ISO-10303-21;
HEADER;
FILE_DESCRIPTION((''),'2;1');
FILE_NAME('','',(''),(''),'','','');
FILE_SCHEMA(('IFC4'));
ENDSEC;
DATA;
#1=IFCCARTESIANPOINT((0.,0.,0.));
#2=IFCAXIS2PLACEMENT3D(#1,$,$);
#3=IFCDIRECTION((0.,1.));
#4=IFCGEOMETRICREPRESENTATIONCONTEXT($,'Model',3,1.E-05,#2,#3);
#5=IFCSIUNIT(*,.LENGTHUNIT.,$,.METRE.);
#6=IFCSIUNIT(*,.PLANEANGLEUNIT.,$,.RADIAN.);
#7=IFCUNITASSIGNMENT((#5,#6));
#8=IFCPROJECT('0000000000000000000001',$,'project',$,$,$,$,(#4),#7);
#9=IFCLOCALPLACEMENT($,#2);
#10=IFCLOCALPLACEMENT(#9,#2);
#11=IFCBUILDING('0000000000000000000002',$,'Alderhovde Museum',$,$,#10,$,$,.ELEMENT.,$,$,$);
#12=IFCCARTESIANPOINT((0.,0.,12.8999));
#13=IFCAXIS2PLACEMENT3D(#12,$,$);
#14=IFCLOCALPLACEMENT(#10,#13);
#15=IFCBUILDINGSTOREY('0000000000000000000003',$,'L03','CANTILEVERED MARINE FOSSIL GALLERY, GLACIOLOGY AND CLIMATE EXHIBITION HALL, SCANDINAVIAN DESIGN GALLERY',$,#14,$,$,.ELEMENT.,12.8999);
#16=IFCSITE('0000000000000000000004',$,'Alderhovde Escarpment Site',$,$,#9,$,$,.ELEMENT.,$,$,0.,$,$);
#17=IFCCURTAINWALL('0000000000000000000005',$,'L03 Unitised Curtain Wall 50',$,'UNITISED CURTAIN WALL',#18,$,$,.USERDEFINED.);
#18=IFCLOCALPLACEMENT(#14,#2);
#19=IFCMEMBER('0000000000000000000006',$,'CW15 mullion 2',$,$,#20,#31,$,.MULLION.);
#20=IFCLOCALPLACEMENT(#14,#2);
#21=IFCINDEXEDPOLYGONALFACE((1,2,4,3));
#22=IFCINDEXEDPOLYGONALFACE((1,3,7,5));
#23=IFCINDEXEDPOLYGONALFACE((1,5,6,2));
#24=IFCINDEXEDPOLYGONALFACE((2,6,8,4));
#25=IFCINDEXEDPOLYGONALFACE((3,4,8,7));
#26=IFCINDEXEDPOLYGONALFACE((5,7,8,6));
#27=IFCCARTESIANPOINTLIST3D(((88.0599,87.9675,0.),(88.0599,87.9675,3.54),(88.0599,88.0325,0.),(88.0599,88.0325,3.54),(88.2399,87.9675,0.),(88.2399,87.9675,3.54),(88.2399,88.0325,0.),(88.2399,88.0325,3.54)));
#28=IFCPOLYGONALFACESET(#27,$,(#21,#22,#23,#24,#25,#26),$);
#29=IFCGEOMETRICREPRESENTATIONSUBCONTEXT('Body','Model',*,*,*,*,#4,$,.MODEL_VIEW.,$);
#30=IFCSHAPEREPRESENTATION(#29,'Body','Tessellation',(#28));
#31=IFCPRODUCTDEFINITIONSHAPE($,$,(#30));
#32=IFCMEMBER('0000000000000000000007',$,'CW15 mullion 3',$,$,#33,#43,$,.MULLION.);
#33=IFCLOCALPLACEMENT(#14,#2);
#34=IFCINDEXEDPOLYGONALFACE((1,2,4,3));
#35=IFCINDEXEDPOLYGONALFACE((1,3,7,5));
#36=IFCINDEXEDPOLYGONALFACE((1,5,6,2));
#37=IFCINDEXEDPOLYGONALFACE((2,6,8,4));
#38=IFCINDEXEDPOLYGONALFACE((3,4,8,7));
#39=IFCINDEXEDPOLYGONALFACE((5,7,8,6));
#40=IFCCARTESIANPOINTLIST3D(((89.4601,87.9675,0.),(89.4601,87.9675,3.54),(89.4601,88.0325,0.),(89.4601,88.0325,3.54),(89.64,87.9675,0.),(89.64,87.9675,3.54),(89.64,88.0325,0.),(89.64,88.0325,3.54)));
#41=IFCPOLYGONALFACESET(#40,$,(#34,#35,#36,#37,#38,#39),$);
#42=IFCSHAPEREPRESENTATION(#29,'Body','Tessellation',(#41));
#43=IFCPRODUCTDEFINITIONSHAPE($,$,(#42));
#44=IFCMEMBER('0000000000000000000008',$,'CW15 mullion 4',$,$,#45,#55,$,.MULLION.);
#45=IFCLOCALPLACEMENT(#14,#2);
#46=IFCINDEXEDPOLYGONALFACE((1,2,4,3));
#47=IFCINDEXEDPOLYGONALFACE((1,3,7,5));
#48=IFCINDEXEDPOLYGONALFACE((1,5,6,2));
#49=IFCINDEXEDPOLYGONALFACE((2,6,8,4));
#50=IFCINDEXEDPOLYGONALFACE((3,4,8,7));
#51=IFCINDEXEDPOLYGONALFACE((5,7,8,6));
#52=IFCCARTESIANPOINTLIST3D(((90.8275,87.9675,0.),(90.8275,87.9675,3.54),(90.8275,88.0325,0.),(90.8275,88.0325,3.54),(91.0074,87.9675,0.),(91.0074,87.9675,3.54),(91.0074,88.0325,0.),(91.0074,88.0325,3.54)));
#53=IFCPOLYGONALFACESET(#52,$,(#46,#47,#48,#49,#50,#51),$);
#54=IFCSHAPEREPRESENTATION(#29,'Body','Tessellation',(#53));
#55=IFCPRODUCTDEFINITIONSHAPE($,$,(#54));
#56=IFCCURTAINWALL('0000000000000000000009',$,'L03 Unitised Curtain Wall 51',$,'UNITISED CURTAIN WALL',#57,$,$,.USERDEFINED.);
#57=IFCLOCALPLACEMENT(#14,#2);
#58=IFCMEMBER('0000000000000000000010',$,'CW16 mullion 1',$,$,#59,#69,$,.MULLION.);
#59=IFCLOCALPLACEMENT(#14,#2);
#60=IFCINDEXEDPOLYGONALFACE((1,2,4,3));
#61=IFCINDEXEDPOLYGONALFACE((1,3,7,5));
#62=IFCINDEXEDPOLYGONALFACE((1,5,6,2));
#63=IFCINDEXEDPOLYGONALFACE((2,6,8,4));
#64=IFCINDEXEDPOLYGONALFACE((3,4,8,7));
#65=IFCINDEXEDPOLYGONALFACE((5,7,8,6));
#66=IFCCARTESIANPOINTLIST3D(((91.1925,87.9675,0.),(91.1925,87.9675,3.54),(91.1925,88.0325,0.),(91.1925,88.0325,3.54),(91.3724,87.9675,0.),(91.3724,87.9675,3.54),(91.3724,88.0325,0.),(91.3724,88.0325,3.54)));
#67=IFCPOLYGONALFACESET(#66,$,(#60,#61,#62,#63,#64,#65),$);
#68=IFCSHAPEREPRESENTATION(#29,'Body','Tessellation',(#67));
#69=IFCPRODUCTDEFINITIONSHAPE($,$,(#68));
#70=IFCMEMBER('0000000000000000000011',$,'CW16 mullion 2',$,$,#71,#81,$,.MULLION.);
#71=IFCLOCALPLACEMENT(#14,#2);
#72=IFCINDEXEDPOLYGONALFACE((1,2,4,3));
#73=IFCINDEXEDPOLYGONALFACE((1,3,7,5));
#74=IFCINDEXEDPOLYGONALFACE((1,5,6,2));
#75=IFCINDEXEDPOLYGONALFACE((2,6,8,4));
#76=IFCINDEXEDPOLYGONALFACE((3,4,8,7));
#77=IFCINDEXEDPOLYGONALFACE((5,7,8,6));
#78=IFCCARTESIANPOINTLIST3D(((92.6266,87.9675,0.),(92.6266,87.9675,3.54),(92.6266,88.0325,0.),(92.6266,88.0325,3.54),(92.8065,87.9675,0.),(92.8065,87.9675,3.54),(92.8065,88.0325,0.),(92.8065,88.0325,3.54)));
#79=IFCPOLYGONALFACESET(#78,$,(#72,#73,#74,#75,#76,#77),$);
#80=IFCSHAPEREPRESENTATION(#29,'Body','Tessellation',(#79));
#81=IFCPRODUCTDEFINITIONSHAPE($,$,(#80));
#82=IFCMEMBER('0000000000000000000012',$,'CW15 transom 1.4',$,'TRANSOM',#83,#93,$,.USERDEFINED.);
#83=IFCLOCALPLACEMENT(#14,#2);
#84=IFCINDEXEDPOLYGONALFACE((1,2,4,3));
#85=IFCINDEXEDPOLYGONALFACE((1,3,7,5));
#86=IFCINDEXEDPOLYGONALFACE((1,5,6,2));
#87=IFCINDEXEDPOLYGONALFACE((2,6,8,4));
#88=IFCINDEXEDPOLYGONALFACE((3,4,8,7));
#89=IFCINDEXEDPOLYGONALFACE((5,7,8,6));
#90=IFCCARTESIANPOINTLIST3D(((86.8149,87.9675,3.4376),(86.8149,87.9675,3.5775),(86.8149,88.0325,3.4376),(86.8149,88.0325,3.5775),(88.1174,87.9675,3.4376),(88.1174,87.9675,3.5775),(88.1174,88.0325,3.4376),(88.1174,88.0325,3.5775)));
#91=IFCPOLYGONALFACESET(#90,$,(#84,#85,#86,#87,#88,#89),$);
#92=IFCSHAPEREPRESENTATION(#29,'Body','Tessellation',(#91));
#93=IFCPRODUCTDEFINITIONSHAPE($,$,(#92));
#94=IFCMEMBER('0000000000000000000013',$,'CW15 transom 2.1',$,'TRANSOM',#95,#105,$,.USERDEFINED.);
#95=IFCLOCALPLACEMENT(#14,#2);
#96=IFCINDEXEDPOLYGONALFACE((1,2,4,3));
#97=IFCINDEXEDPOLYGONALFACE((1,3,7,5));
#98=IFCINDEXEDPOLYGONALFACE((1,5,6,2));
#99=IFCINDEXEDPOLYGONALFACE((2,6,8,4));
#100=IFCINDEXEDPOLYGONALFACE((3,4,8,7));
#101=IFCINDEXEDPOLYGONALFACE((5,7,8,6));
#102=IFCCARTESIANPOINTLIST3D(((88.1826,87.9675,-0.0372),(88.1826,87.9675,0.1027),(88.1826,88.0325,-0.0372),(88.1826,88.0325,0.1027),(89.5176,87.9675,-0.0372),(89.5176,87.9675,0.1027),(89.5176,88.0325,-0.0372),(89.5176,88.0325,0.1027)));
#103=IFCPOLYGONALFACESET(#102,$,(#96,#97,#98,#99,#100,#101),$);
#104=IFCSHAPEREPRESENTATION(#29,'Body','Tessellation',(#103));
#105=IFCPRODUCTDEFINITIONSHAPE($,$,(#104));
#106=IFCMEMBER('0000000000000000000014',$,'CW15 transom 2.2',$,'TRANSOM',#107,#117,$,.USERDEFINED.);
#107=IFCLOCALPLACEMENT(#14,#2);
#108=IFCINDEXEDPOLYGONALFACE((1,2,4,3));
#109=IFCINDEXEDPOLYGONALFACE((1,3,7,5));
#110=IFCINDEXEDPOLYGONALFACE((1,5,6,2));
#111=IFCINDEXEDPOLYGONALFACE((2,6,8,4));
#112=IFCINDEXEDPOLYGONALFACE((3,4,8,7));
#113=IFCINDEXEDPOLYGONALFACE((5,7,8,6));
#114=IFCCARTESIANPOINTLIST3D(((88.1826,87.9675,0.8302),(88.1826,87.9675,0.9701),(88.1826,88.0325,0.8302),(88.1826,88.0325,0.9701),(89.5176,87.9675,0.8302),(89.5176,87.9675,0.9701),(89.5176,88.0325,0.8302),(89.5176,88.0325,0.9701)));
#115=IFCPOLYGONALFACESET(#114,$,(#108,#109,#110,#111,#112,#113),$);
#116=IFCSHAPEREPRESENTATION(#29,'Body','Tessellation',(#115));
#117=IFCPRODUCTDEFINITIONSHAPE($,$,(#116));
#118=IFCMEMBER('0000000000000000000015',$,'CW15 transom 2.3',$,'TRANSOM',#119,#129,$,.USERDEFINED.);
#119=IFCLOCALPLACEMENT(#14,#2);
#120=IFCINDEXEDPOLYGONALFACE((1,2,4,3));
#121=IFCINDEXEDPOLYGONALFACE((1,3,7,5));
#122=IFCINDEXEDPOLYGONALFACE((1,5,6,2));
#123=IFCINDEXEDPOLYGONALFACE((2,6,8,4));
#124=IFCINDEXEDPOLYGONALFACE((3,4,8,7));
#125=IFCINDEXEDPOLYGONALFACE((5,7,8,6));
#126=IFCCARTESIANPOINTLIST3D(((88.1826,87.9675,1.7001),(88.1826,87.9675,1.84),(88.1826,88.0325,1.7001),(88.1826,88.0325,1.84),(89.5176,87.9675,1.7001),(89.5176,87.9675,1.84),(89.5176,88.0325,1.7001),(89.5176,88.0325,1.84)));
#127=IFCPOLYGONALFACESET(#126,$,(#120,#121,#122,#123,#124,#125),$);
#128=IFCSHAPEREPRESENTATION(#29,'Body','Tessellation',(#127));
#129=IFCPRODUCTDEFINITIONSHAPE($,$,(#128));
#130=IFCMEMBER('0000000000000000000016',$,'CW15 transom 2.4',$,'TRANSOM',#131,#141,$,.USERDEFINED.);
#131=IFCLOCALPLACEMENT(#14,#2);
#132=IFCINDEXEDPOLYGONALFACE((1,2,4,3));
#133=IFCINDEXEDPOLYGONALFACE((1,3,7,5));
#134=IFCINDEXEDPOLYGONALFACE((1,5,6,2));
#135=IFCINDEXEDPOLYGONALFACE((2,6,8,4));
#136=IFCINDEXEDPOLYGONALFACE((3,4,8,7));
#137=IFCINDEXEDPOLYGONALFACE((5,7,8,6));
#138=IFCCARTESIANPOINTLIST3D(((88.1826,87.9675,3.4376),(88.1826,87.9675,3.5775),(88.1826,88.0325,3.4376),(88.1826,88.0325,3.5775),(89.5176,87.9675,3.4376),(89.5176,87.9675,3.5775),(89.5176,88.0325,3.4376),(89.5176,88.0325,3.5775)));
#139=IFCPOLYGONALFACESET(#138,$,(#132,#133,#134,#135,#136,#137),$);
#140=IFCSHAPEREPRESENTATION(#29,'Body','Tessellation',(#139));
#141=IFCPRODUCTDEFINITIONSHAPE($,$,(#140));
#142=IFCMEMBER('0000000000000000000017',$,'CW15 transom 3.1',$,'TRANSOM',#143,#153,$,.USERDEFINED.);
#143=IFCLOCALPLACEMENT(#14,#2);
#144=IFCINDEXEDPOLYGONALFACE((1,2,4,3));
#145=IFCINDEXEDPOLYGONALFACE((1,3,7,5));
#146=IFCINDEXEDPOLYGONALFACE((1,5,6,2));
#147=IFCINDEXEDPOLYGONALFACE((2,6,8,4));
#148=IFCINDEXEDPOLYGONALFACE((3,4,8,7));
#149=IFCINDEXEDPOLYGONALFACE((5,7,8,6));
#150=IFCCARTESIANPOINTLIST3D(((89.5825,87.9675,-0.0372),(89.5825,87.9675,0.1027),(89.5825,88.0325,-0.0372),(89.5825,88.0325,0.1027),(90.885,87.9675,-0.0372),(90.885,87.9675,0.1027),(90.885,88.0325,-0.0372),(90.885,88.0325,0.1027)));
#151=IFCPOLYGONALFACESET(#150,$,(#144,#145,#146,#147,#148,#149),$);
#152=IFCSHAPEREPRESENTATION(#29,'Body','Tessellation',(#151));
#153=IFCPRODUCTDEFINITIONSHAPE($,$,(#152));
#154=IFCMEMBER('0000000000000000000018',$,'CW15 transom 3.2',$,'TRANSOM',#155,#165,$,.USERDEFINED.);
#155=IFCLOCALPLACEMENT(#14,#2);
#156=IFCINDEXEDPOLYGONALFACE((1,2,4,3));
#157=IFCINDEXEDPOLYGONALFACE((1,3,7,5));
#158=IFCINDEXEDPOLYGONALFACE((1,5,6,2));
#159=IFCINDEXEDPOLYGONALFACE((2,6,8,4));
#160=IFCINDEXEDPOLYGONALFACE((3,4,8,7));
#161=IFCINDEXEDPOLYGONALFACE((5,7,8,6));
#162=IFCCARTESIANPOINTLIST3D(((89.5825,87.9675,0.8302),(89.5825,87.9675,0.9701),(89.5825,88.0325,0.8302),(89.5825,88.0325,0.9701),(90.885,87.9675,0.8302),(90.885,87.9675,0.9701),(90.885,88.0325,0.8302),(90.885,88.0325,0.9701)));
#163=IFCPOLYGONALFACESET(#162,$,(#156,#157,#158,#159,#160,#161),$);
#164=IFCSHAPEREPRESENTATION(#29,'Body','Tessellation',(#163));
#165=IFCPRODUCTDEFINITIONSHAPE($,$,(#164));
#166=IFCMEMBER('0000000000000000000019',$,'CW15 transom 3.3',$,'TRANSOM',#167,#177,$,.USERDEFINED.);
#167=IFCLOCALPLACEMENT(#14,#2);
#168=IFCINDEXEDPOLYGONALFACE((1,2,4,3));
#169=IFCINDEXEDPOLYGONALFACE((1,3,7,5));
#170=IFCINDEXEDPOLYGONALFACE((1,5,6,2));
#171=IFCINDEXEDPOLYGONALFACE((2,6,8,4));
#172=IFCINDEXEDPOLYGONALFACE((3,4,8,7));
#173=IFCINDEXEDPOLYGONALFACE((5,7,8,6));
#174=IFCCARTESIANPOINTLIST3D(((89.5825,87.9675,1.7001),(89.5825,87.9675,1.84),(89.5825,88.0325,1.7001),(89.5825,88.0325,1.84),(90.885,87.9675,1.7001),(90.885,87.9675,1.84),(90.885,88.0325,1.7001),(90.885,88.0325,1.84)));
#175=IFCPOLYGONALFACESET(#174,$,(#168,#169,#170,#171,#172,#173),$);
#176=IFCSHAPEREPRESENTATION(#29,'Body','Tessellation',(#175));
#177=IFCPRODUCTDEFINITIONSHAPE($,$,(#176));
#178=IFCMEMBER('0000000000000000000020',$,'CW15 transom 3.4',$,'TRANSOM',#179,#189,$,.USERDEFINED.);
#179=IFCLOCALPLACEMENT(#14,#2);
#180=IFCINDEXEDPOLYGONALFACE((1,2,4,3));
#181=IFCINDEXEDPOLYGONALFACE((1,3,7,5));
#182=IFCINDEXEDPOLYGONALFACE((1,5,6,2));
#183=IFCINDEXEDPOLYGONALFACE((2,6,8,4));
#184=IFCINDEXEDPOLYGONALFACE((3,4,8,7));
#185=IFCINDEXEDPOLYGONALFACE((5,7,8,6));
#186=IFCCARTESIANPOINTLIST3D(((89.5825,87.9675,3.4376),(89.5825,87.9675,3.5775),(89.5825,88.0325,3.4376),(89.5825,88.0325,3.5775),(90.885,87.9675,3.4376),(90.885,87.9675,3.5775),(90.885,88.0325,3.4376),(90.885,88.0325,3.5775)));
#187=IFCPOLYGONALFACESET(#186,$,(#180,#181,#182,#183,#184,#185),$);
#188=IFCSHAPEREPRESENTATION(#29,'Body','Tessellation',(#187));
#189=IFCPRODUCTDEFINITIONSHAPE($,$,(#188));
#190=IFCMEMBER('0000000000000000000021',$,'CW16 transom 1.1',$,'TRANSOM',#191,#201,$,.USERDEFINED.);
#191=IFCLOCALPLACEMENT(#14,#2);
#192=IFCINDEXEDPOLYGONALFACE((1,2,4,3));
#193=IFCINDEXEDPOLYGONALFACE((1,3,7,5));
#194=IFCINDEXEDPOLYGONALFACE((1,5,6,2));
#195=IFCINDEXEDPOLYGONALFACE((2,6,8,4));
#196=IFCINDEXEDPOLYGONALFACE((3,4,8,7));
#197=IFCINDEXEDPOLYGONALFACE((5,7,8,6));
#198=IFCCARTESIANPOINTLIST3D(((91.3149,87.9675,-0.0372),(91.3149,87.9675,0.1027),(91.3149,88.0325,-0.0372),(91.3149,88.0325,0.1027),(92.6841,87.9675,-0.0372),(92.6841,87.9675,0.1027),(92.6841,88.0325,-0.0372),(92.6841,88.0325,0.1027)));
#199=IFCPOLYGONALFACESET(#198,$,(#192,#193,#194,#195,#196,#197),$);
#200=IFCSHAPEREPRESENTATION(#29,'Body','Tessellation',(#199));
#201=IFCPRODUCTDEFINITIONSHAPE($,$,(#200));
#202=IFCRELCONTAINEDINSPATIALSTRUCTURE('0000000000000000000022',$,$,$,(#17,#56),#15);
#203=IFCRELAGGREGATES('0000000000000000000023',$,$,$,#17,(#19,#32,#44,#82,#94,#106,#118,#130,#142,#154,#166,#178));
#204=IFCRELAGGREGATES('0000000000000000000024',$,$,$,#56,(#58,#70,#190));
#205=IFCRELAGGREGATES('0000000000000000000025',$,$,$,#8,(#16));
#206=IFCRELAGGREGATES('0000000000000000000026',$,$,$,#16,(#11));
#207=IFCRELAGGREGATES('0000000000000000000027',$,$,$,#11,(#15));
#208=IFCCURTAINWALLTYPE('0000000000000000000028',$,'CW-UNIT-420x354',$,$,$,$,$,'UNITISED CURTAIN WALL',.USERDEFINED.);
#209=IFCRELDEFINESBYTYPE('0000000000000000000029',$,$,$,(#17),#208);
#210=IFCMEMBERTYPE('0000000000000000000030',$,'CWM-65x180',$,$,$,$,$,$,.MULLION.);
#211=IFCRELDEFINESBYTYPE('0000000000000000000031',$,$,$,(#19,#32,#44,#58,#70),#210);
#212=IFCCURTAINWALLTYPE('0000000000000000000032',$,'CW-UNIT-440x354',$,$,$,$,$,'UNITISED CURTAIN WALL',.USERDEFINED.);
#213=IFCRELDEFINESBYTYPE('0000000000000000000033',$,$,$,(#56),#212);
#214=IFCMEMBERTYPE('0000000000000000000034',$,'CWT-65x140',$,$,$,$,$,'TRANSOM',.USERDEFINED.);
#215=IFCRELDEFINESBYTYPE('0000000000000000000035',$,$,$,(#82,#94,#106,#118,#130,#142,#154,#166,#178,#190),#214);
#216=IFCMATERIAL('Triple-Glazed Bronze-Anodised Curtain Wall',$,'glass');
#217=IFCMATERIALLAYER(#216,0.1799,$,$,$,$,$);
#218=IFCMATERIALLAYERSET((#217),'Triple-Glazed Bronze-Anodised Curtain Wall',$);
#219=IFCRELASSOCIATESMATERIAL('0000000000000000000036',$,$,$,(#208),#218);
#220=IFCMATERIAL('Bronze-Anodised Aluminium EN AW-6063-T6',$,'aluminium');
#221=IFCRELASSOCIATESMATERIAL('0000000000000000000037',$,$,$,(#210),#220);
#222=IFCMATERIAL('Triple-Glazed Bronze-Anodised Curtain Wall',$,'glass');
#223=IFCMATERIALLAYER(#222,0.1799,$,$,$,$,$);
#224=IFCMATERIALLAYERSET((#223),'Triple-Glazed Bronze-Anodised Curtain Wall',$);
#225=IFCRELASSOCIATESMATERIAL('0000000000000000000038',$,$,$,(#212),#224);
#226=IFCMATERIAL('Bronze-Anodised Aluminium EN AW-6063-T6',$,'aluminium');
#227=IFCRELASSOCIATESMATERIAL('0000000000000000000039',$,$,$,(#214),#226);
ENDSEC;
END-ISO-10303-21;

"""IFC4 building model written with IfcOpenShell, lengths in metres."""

from ifc_helpers import new_model, si_unit, direction, frame, origin, origin_2d, place, context, subcontext, project, spatial, rectangle, extrude, material, layer, layer_set, material_profile, profile_set, type_object, element, aggregate, save


model = new_model("IFC4")

# Units and contexts
model_context = context("Model", 3, precision=1e-05, world=origin(), true_north=direction((0.0, 1.0)))
body_context = subcontext(model_context, "Body", "Model", "MODEL_VIEW")
ifc_project = project(units=[si_unit("LENGTHUNIT", "METRE"), si_unit("PLANEANGLEUNIT", "RADIAN")], contexts=[model_context])

# Site, building, storey
site_placement = place(None, origin())
site = spatial("IfcSite", under=ifc_project, at=site_placement, Name="Alderhovde Escarpment Site", CompositionType="ELEMENT", RefElevation=0.0)
building_placement = place(site_placement, origin())
building = spatial("IfcBuilding", under=site, at=building_placement, Name="Alderhovde Museum", CompositionType="ELEMENT")
storey_placement = place(building_placement, frame((0.0, 0.0, 12.8999)))
storey = spatial("IfcBuildingStorey", under=building, at=storey_placement, Name="L03", Description="CANTILEVERED MARINE FOSSIL GALLERY, GLACIOLOGY AND CLIMATE EXHIBITION HALL, SCANDINAVIAN DESIGN GALLERY", CompositionType="ELEMENT", Elevation=12.8999)

# Curtain walls, members
ifc_material_1 = material(Name="Triple-Glazed Bronze-Anodised Curtain Wall", Category="glass")
ifc_layer_1 = layer(ifc_material_1, 0.1799)
ifc_layer_set_1 = layer_set([ifc_layer_1], Name="Triple-Glazed Bronze-Anodised Curtain Wall")
curtain_wall_type_1 = type_object("IfcCurtainWallType", Name="CW-UNIT-420x354", ElementType="UNITISED CURTAIN WALL", PredefinedType="USERDEFINED", material=ifc_layer_set_1)
curtain_wall_1_placement = place(storey_placement, origin())
curtain_wall_1 = element("IfcCurtainWall", 1, at=curtain_wall_1_placement, inside=storey, type_object=curtain_wall_type_1, Name="L03 Unitised Curtain Wall 50", ObjectType="UNITISED CURTAIN WALL", PredefinedType="USERDEFINED")
ifc_material_2 = material(Name="Bronze-Anodised Aluminium EN AW-6063-T6", Category="aluminium")
ifc_material_profile_1 = material_profile(ifc_material_2, rectangle(XDim=0.0649, YDim=0.1799, at=origin_2d()), Name="MULLION 65x180")
ifc_profile_set_1 = profile_set([ifc_material_profile_1], Name="Bronze-Anodised Aluminium EN AW-6063-T6")
member_type_1 = type_object("IfcMemberType", Name="CWM-65x180", PredefinedType="MULLION", material=ifc_profile_set_1)
member_1_placement = place(storey_placement, frame((88.1499, 88.0, 0.0), z_axis=(0.0, 0.0, 1.0), x_axis=(0.0, 1.0, 0.0)))
member_1 = element("IfcMember", 2, at=member_1_placement, type_object=member_type_1, Name="CW15 mullion 2", PredefinedType="MULLION", context=body_context, shape_type="SweptSolid", body=[
    extrude(rectangle(XDim=0.0649, YDim=0.1799, at=origin_2d()), origin(), (0.0, 0.0, 1.0), 3.54),
])
member_2_placement = place(storey_placement, frame((89.55, 88.0, 0.0), z_axis=(0.0, 0.0, 1.0), x_axis=(0.0, 1.0, 0.0)))
member_2 = element("IfcMember", 3, at=member_2_placement, type_object=member_type_1, Name="CW15 mullion 3", PredefinedType="MULLION", context=body_context, shape_type="SweptSolid", body=[
    extrude(rectangle(XDim=0.0649, YDim=0.1799, at=origin_2d()), origin(), (0.0, 0.0, 1.0), 3.54),
])
member_3_placement = place(storey_placement, frame((90.9175, 88.0, 0.0), z_axis=(0.0, 0.0, 1.0), x_axis=(0.0, 1.0, 0.0)))
member_3 = element("IfcMember", 4, at=member_3_placement, type_object=member_type_1, Name="CW15 mullion 4", PredefinedType="MULLION", context=body_context, shape_type="SweptSolid", body=[
    extrude(rectangle(XDim=0.0649, YDim=0.1799, at=origin_2d()), origin(), (0.0, 0.0, 1.0), 3.54),
])
ifc_material_3 = material(Name="Triple-Glazed Bronze-Anodised Curtain Wall", Category="glass")
ifc_layer_2 = layer(ifc_material_3, 0.1799)
ifc_layer_set_2 = layer_set([ifc_layer_2], Name="Triple-Glazed Bronze-Anodised Curtain Wall")
curtain_wall_type_2 = type_object("IfcCurtainWallType", Name="CW-UNIT-440x354", ElementType="UNITISED CURTAIN WALL", PredefinedType="USERDEFINED", material=ifc_layer_set_2)
curtain_wall_2_placement = place(storey_placement, origin())
curtain_wall_2 = element("IfcCurtainWall", 5, at=curtain_wall_2_placement, inside=storey, type_object=curtain_wall_type_2, Name="L03 Unitised Curtain Wall 51", ObjectType="UNITISED CURTAIN WALL", PredefinedType="USERDEFINED")
member_4_placement = place(storey_placement, frame((91.2825, 88.0, 0.0), z_axis=(0.0, 0.0, 1.0), x_axis=(0.0, 1.0, 0.0)))
member_4 = element("IfcMember", 6, at=member_4_placement, type_object=member_type_1, Name="CW16 mullion 1", PredefinedType="MULLION", context=body_context, shape_type="SweptSolid", body=[
    extrude(rectangle(XDim=0.0649, YDim=0.1799, at=origin_2d()), origin(), (0.0, 0.0, 1.0), 3.54),
])
member_5_placement = place(storey_placement, frame((92.7166, 88.0, 0.0), z_axis=(0.0, 0.0, 1.0), x_axis=(0.0, 1.0, 0.0)))
member_5 = element("IfcMember", 7, at=member_5_placement, type_object=member_type_1, Name="CW16 mullion 2", PredefinedType="MULLION", context=body_context, shape_type="SweptSolid", body=[
    extrude(rectangle(XDim=0.0649, YDim=0.1799, at=origin_2d()), origin(), (0.0, 0.0, 1.0), 3.54),
])

# Members
ifc_material_4 = material(Name="Bronze-Anodised Aluminium EN AW-6063-T6", Category="aluminium")
ifc_material_profile_2 = material_profile(ifc_material_4, rectangle(XDim=0.0649, YDim=0.1399, at=origin_2d()), Name="TRANSOM 65x140")
ifc_profile_set_2 = profile_set([ifc_material_profile_2], Name="Bronze-Anodised Aluminium EN AW-6063-T6")
member_type_2 = type_object("IfcMemberType", Name="CWT-65x140", ElementType="TRANSOM", PredefinedType="USERDEFINED", material=ifc_profile_set_2)
member_6_placement = place(storey_placement, frame((86.8149, 88.0, 3.5076), z_axis=(1.0, 0.0, 0.0), x_axis=(0.0, 1.0, 0.0)))
member_6 = element("IfcMember", 8, at=member_6_placement, type_object=member_type_2, Name="CW15 transom 1.4", ObjectType="TRANSOM", PredefinedType="USERDEFINED", context=body_context, shape_type="SweptSolid", body=[
    extrude(rectangle(XDim=0.0649, YDim=0.1399, at=origin_2d()), origin(), (0.0, 0.0, 1.0), 1.3025),
])
member_7_placement = place(storey_placement, frame((88.1826, 88.0, 0.0327), z_axis=(1.0, 0.0, 0.0), x_axis=(0.0, 1.0, 0.0)))
member_7 = element("IfcMember", 9, at=member_7_placement, type_object=member_type_2, Name="CW15 transom 2.1", ObjectType="TRANSOM", PredefinedType="USERDEFINED", context=body_context, shape_type="SweptSolid", body=[
    extrude(rectangle(XDim=0.0649, YDim=0.1399, at=origin_2d()), origin(), (0.0, 0.0, 1.0), 1.335),
])
member_8_placement = place(storey_placement, frame((88.1826, 88.0, 0.9001), z_axis=(1.0, 0.0, 0.0), x_axis=(0.0, 1.0, 0.0)))
member_8 = element("IfcMember", 10, at=member_8_placement, type_object=member_type_2, Name="CW15 transom 2.2", ObjectType="TRANSOM", PredefinedType="USERDEFINED", context=body_context, shape_type="SweptSolid", body=[
    extrude(rectangle(XDim=0.0649, YDim=0.1399, at=origin_2d()), origin(), (0.0, 0.0, 1.0), 1.335),
])
member_9_placement = place(storey_placement, frame((88.1826, 88.0, 1.77), z_axis=(1.0, 0.0, 0.0), x_axis=(0.0, 1.0, 0.0)))
member_9 = element("IfcMember", 11, at=member_9_placement, type_object=member_type_2, Name="CW15 transom 2.3", ObjectType="TRANSOM", PredefinedType="USERDEFINED", context=body_context, shape_type="SweptSolid", body=[
    extrude(rectangle(XDim=0.0649, YDim=0.1399, at=origin_2d()), origin(), (0.0, 0.0, 1.0), 1.335),
])
member_10_placement = place(storey_placement, frame((88.1826, 88.0, 3.5076), z_axis=(1.0, 0.0, 0.0), x_axis=(0.0, 1.0, 0.0)))
member_10 = element("IfcMember", 12, at=member_10_placement, type_object=member_type_2, Name="CW15 transom 2.4", ObjectType="TRANSOM", PredefinedType="USERDEFINED", context=body_context, shape_type="SweptSolid", body=[
    extrude(rectangle(XDim=0.0649, YDim=0.1399, at=origin_2d()), origin(), (0.0, 0.0, 1.0), 1.335),
])
member_11_placement = place(storey_placement, frame((89.5825, 88.0, 0.0327), z_axis=(1.0, 0.0, 0.0), x_axis=(0.0, 1.0, 0.0)))
member_11 = element("IfcMember", 13, at=member_11_placement, type_object=member_type_2, Name="CW15 transom 3.1", ObjectType="TRANSOM", PredefinedType="USERDEFINED", context=body_context, shape_type="SweptSolid", body=[
    extrude(rectangle(XDim=0.0649, YDim=0.1399, at=origin_2d()), origin(), (0.0, 0.0, 1.0), 1.3025),
])
member_12_placement = place(storey_placement, frame((89.5825, 88.0, 0.9001), z_axis=(1.0, 0.0, 0.0), x_axis=(0.0, 1.0, 0.0)))
member_12 = element("IfcMember", 14, at=member_12_placement, type_object=member_type_2, Name="CW15 transom 3.2", ObjectType="TRANSOM", PredefinedType="USERDEFINED", context=body_context, shape_type="SweptSolid", body=[
    extrude(rectangle(XDim=0.0649, YDim=0.1399, at=origin_2d()), origin(), (0.0, 0.0, 1.0), 1.3025),
])
member_13_placement = place(storey_placement, frame((89.5825, 88.0, 1.77), z_axis=(1.0, 0.0, 0.0), x_axis=(0.0, 1.0, 0.0)))
member_13 = element("IfcMember", 15, at=member_13_placement, type_object=member_type_2, Name="CW15 transom 3.3", ObjectType="TRANSOM", PredefinedType="USERDEFINED", context=body_context, shape_type="SweptSolid", body=[
    extrude(rectangle(XDim=0.0649, YDim=0.1399, at=origin_2d()), origin(), (0.0, 0.0, 1.0), 1.3025),
])
member_14_placement = place(storey_placement, frame((89.5825, 88.0, 3.5076), z_axis=(1.0, 0.0, 0.0), x_axis=(0.0, 1.0, 0.0)))
member_14 = element("IfcMember", 16, at=member_14_placement, type_object=member_type_2, Name="CW15 transom 3.4", ObjectType="TRANSOM", PredefinedType="USERDEFINED", context=body_context, shape_type="SweptSolid", body=[
    extrude(rectangle(XDim=0.0649, YDim=0.1399, at=origin_2d()), origin(), (0.0, 0.0, 1.0), 1.3025),
])
member_15_placement = place(storey_placement, frame((91.3149, 88.0, 0.0327), z_axis=(1.0, 0.0, 0.0), x_axis=(0.0, 1.0, 0.0)))
member_15 = element("IfcMember", 17, at=member_15_placement, type_object=member_type_2, Name="CW16 transom 1.1", ObjectType="TRANSOM", PredefinedType="USERDEFINED", context=body_context, shape_type="SweptSolid", body=[
    extrude(rectangle(XDim=0.0649, YDim=0.1399, at=origin_2d()), origin(), (0.0, 0.0, 1.0), 1.3691),
])

aggregate(curtain_wall_1, [member_1, member_2, member_3, member_6, member_7, member_8, member_9, member_10, member_11, member_12, member_13, member_14])
aggregate(curtain_wall_2, [member_4, member_5, member_15])

save(model, "model.ifc")
